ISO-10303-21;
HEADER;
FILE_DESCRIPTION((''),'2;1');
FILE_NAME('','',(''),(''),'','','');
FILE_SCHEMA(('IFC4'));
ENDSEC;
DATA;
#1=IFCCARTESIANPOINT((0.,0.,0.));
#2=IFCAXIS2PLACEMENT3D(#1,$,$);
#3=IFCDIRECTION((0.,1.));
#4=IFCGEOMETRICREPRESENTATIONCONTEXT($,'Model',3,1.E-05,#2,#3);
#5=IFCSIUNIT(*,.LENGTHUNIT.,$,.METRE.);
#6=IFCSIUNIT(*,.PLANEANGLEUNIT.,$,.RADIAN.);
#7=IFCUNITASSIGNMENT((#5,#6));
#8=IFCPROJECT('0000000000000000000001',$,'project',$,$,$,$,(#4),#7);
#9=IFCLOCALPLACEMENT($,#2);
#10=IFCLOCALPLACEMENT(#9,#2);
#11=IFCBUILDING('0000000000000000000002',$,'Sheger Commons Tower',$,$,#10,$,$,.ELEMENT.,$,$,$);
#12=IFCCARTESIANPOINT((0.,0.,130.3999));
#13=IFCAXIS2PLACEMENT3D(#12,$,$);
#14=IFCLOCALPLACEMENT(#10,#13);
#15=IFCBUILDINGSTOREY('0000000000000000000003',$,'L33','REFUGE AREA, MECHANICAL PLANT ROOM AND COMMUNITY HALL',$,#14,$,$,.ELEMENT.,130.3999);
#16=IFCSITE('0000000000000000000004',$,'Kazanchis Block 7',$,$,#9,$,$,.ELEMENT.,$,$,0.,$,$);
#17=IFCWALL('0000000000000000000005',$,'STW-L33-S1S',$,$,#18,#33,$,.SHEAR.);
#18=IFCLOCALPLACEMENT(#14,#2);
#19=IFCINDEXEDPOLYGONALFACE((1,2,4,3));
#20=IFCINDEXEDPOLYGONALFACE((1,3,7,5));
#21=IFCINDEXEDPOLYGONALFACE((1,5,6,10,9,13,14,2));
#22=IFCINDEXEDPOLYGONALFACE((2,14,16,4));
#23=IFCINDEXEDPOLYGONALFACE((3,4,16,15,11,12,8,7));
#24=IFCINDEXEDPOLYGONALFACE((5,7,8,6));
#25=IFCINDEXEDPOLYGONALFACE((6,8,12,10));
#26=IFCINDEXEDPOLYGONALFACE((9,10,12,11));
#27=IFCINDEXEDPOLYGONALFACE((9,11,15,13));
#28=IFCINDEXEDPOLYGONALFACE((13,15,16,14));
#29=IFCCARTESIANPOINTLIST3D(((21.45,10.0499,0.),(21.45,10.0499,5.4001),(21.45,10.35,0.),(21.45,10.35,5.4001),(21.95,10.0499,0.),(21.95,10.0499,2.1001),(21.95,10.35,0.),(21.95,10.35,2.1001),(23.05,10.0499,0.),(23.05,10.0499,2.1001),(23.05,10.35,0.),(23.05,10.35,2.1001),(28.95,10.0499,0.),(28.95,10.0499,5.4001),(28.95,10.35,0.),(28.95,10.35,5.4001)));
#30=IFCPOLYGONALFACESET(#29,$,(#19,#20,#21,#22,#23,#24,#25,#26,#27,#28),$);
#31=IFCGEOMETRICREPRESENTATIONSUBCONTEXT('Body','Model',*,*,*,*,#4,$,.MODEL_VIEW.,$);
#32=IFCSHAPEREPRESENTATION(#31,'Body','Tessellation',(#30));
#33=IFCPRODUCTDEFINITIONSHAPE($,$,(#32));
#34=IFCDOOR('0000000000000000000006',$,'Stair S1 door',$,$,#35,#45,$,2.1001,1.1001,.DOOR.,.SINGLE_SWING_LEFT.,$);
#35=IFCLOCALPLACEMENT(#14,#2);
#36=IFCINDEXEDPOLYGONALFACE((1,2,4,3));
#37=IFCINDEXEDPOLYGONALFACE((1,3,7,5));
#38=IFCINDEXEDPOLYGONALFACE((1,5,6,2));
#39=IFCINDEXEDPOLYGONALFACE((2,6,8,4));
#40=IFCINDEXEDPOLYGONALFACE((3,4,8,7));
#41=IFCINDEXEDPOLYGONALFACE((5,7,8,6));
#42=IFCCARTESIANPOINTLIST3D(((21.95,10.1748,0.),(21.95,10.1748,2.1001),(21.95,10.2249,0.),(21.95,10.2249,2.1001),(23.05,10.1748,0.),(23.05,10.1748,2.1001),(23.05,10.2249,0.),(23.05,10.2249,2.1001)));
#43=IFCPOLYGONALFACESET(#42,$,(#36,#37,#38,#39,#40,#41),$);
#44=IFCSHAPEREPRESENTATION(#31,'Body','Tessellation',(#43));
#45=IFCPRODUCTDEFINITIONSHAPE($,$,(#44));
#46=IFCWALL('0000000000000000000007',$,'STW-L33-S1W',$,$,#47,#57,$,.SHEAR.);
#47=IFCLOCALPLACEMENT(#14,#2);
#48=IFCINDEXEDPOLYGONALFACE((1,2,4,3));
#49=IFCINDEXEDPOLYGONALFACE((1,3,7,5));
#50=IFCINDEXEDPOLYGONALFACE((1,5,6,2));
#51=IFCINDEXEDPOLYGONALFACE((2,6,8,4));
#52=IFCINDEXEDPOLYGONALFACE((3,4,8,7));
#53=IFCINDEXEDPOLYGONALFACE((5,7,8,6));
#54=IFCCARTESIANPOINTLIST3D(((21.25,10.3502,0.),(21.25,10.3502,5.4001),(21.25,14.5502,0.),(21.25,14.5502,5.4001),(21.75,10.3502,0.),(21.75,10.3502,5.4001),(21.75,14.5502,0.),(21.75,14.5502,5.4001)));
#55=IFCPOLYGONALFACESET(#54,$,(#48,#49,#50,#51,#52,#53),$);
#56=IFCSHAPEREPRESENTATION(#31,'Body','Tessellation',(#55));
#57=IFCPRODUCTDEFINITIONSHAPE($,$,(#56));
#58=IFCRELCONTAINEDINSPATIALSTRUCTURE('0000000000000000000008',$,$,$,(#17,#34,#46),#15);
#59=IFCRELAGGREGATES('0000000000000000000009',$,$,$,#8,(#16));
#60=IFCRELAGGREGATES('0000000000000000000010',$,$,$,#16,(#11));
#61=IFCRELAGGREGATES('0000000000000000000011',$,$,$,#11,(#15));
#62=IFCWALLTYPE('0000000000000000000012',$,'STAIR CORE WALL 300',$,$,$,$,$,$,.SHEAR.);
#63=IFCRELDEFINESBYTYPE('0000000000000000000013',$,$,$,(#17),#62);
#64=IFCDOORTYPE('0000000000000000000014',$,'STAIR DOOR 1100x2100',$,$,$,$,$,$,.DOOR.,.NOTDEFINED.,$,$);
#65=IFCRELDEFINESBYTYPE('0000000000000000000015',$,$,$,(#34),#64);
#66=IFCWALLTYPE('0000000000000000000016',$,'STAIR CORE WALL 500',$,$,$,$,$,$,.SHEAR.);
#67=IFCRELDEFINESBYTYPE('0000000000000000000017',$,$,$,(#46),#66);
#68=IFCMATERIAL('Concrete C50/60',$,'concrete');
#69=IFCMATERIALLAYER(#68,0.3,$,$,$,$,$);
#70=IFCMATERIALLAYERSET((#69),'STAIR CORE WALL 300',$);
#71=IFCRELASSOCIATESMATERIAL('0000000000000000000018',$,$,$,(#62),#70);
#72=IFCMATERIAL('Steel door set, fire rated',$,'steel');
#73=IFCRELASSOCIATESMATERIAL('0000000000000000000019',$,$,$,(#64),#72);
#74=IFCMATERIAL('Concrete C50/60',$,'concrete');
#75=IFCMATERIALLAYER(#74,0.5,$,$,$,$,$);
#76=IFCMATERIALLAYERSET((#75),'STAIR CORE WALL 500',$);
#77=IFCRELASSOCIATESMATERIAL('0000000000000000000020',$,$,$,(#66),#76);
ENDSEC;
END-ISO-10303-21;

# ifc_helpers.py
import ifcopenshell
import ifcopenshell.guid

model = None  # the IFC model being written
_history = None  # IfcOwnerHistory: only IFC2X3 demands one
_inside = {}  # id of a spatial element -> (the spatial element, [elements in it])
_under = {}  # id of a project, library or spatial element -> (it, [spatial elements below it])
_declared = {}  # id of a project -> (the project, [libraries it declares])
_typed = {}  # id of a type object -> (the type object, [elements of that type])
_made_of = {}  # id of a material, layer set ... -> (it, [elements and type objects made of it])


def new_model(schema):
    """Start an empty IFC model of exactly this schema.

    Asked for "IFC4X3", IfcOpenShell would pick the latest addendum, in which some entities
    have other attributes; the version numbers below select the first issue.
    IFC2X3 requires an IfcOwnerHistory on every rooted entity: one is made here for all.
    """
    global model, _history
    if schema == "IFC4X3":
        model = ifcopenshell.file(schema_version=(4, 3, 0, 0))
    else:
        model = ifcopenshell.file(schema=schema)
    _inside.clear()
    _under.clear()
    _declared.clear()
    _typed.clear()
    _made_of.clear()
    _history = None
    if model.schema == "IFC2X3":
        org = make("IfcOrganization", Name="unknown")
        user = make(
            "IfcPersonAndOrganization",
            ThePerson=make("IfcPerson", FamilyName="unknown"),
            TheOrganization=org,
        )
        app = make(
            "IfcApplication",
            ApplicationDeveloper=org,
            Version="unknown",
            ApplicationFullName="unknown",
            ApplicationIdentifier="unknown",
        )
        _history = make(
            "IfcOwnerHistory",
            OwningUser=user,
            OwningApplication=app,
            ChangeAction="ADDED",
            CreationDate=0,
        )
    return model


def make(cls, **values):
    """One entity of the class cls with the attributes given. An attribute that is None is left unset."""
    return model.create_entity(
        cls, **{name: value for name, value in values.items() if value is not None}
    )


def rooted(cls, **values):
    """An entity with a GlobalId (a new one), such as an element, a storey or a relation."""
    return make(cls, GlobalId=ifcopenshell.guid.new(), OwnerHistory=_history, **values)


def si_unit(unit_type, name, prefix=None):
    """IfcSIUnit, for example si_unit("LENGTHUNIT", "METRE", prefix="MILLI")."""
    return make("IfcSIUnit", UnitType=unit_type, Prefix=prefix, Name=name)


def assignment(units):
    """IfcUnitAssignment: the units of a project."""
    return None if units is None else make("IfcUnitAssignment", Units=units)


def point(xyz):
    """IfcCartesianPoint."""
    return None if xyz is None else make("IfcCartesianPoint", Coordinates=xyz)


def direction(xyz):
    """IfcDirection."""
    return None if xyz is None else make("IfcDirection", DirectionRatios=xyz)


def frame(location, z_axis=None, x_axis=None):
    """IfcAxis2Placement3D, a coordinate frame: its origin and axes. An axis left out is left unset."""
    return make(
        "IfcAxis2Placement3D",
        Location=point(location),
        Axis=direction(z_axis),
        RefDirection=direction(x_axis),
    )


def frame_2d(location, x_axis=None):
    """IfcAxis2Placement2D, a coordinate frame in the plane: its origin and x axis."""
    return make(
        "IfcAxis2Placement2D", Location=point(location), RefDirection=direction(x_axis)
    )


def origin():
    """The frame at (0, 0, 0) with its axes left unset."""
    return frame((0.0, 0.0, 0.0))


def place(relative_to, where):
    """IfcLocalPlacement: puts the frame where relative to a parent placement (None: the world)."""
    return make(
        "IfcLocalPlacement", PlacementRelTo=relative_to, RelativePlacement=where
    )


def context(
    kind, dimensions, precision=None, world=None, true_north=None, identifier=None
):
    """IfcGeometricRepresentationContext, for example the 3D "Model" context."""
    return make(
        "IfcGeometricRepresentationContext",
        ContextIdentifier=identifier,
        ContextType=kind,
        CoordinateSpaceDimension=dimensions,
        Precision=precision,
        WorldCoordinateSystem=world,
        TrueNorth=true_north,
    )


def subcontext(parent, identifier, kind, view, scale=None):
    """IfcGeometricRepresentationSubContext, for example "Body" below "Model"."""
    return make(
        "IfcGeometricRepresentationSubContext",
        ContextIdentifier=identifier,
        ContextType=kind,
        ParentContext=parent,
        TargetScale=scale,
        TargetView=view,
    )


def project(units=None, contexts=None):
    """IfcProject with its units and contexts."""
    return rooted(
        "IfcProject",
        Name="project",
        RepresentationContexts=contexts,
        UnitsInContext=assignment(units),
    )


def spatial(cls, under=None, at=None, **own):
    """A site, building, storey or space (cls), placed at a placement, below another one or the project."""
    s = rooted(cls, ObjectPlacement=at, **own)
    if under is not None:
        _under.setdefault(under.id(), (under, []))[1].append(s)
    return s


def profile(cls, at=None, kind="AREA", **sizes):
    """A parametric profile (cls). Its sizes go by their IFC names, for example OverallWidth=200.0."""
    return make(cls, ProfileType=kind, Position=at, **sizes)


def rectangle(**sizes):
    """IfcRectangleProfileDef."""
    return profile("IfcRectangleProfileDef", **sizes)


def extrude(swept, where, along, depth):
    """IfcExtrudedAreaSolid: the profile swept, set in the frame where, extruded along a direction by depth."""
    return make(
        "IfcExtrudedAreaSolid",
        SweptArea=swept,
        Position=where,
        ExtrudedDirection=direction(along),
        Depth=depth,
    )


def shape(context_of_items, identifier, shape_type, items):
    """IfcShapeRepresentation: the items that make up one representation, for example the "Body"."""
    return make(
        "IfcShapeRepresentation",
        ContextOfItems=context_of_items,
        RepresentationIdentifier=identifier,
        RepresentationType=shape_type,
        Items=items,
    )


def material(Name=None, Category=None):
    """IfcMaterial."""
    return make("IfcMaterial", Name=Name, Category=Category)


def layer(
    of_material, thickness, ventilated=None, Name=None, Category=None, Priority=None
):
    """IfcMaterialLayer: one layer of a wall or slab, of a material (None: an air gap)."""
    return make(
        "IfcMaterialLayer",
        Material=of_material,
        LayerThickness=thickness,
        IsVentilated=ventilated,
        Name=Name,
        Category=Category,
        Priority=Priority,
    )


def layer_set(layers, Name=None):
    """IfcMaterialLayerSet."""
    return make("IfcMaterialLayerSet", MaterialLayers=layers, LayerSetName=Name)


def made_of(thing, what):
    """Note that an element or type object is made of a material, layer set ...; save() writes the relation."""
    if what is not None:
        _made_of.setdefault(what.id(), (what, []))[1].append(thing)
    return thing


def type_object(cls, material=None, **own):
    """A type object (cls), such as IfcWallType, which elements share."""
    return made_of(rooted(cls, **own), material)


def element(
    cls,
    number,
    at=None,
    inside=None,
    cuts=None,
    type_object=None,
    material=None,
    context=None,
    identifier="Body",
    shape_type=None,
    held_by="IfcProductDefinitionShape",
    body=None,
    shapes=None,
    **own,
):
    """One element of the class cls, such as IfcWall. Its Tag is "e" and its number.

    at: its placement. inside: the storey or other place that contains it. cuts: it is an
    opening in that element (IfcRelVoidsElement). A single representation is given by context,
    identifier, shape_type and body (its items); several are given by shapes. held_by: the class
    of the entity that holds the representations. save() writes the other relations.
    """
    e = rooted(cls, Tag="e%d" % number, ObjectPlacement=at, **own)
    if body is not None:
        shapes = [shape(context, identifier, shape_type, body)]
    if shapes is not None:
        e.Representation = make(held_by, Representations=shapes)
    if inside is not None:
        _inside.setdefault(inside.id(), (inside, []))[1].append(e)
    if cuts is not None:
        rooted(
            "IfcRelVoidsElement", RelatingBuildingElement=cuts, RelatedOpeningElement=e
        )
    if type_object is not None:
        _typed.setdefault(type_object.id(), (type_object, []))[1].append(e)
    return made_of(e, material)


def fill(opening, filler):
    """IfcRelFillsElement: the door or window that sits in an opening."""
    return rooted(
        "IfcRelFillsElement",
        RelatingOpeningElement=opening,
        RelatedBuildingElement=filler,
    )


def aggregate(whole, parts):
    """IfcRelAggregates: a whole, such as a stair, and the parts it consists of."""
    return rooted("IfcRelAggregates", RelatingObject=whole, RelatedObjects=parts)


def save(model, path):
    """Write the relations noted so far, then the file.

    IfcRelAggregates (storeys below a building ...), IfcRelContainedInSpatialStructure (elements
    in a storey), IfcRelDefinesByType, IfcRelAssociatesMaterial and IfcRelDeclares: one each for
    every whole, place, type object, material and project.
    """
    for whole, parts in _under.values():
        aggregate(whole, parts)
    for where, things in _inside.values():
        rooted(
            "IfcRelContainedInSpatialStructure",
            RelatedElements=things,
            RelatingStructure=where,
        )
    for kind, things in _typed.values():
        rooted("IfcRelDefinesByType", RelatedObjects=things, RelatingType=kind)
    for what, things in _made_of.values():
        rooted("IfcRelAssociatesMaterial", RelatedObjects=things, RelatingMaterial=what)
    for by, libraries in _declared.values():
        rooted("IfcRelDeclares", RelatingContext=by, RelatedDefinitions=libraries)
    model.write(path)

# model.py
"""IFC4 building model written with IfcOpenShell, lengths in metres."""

from ifc_helpers import new_model, si_unit, direction, frame, frame_2d, origin, place, context, subcontext, project, spatial, rectangle, extrude, material, layer, layer_set, type_object, element, fill, save


model = new_model("IFC4")

# Units and contexts
model_context = context("Model", 3, precision=1e-05, world=origin(), true_north=direction((0.0, 1.0)))
body_context = subcontext(model_context, "Body", "Model", "MODEL_VIEW")
ifc_project = project(units=[si_unit("LENGTHUNIT", "METRE"), si_unit("PLANEANGLEUNIT", "RADIAN")], contexts=[model_context])

# Site, building, storey
site_placement = place(None, origin())
site = spatial("IfcSite", under=ifc_project, at=site_placement, Name="Kazanchis Block 7", CompositionType="ELEMENT", RefElevation=0.0)
building_placement = place(site_placement, origin())
building = spatial("IfcBuilding", under=site, at=building_placement, Name="Sheger Commons Tower", CompositionType="ELEMENT")
storey_placement = place(building_placement, frame((0.0, 0.0, 130.3999)))
storey = spatial("IfcBuildingStorey", under=building, at=storey_placement, Name="L33", Description="REFUGE AREA, MECHANICAL PLANT ROOM AND COMMUNITY HALL", CompositionType="ELEMENT", Elevation=130.3999)

# Wall, opening, door
ifc_material_1 = material(Name="Concrete C50/60", Category="concrete")
ifc_layer_1 = layer(ifc_material_1, 0.3)
ifc_layer_set_1 = layer_set([ifc_layer_1], Name="STAIR CORE WALL 300")
wall_type_1 = type_object("IfcWallType", Name="STAIR CORE WALL 300", PredefinedType="SHEAR", material=ifc_layer_set_1)
wall_1_placement = place(storey_placement, frame((21.45, 10.2, 0.0), z_axis=(0.0, 0.0, 1.0), x_axis=(1.0, 0.0, 0.0)))
wall_1 = element("IfcWall", 1, at=wall_1_placement, inside=storey, type_object=wall_type_1, Name="STW-L33-S1S", PredefinedType="SHEAR", context=body_context, shape_type="SweptSolid", body=[
    extrude(rectangle(XDim=7.5, YDim=0.3, at=frame_2d((3.75, 0.0))), origin(), (0.0, 0.0, 1.0), 5.4001),
])
opening_1_placement = place(wall_1_placement, frame((0.5, 0.0, 0.0)))
opening_1 = element("IfcOpeningElement", 2, at=opening_1_placement, cuts=wall_1, PredefinedType="OPENING", context=body_context, shape_type="SweptSolid", body=[
    extrude(rectangle(XDim=1.1001, YDim=2.1001, at=frame_2d((0.55, 1.05))), frame((0.0, 0.1599, 0.0), z_axis=(0.0, -1.0, 0.0), x_axis=(1.0, 0.0, 0.0)), (0.0, 0.0, 1.0), 0.3201),
])
ifc_material_2 = material(Name="Steel door set, fire rated", Category="steel")
door_type_1 = type_object("IfcDoorType", Name="STAIR DOOR 1100x2100", OperationType="NOTDEFINED", PredefinedType="DOOR", material=ifc_material_2)
door_1_placement = place(opening_1_placement, origin())
door_1 = element("IfcDoor", 3, at=door_1_placement, inside=storey, type_object=door_type_1, Name="Stair S1 door", OperationType="SINGLE_SWING_LEFT", OverallHeight=2.1001, OverallWidth=1.1001, PredefinedType="DOOR", context=body_context, shape_type="SweptSolid", body=[
    extrude(rectangle(XDim=1.1001, YDim=2.1001, at=frame_2d((0.55, 1.05))), frame((0.0, 0.0249, 0.0), z_axis=(0.0, -1.0, 0.0), x_axis=(1.0, 0.0, 0.0)), (0.0, 0.0, 1.0), 0.05),
])
fill(opening_1, door_1)

# Wall
ifc_material_3 = material(Name="Concrete C50/60", Category="concrete")
ifc_layer_2 = layer(ifc_material_3, 0.5)
ifc_layer_set_2 = layer_set([ifc_layer_2], Name="STAIR CORE WALL 500")
wall_type_2 = type_object("IfcWallType", Name="STAIR CORE WALL 500", PredefinedType="SHEAR", material=ifc_layer_set_2)
wall_2_placement = place(storey_placement, frame((21.5, 10.3501, 0.0), z_axis=(0.0, 0.0, 1.0), x_axis=(0.0, 1.0, 0.0)))
element("IfcWall", 4, at=wall_2_placement, inside=storey, type_object=wall_type_2, Name="STW-L33-S1W", PredefinedType="SHEAR", context=body_context, shape_type="SweptSolid", body=[
    extrude(rectangle(XDim=4.2, YDim=0.5, at=frame_2d((2.1001, 0.0))), origin(), (0.0, 0.0, 1.0), 5.4001),
])

save(model, "model.ifc")
